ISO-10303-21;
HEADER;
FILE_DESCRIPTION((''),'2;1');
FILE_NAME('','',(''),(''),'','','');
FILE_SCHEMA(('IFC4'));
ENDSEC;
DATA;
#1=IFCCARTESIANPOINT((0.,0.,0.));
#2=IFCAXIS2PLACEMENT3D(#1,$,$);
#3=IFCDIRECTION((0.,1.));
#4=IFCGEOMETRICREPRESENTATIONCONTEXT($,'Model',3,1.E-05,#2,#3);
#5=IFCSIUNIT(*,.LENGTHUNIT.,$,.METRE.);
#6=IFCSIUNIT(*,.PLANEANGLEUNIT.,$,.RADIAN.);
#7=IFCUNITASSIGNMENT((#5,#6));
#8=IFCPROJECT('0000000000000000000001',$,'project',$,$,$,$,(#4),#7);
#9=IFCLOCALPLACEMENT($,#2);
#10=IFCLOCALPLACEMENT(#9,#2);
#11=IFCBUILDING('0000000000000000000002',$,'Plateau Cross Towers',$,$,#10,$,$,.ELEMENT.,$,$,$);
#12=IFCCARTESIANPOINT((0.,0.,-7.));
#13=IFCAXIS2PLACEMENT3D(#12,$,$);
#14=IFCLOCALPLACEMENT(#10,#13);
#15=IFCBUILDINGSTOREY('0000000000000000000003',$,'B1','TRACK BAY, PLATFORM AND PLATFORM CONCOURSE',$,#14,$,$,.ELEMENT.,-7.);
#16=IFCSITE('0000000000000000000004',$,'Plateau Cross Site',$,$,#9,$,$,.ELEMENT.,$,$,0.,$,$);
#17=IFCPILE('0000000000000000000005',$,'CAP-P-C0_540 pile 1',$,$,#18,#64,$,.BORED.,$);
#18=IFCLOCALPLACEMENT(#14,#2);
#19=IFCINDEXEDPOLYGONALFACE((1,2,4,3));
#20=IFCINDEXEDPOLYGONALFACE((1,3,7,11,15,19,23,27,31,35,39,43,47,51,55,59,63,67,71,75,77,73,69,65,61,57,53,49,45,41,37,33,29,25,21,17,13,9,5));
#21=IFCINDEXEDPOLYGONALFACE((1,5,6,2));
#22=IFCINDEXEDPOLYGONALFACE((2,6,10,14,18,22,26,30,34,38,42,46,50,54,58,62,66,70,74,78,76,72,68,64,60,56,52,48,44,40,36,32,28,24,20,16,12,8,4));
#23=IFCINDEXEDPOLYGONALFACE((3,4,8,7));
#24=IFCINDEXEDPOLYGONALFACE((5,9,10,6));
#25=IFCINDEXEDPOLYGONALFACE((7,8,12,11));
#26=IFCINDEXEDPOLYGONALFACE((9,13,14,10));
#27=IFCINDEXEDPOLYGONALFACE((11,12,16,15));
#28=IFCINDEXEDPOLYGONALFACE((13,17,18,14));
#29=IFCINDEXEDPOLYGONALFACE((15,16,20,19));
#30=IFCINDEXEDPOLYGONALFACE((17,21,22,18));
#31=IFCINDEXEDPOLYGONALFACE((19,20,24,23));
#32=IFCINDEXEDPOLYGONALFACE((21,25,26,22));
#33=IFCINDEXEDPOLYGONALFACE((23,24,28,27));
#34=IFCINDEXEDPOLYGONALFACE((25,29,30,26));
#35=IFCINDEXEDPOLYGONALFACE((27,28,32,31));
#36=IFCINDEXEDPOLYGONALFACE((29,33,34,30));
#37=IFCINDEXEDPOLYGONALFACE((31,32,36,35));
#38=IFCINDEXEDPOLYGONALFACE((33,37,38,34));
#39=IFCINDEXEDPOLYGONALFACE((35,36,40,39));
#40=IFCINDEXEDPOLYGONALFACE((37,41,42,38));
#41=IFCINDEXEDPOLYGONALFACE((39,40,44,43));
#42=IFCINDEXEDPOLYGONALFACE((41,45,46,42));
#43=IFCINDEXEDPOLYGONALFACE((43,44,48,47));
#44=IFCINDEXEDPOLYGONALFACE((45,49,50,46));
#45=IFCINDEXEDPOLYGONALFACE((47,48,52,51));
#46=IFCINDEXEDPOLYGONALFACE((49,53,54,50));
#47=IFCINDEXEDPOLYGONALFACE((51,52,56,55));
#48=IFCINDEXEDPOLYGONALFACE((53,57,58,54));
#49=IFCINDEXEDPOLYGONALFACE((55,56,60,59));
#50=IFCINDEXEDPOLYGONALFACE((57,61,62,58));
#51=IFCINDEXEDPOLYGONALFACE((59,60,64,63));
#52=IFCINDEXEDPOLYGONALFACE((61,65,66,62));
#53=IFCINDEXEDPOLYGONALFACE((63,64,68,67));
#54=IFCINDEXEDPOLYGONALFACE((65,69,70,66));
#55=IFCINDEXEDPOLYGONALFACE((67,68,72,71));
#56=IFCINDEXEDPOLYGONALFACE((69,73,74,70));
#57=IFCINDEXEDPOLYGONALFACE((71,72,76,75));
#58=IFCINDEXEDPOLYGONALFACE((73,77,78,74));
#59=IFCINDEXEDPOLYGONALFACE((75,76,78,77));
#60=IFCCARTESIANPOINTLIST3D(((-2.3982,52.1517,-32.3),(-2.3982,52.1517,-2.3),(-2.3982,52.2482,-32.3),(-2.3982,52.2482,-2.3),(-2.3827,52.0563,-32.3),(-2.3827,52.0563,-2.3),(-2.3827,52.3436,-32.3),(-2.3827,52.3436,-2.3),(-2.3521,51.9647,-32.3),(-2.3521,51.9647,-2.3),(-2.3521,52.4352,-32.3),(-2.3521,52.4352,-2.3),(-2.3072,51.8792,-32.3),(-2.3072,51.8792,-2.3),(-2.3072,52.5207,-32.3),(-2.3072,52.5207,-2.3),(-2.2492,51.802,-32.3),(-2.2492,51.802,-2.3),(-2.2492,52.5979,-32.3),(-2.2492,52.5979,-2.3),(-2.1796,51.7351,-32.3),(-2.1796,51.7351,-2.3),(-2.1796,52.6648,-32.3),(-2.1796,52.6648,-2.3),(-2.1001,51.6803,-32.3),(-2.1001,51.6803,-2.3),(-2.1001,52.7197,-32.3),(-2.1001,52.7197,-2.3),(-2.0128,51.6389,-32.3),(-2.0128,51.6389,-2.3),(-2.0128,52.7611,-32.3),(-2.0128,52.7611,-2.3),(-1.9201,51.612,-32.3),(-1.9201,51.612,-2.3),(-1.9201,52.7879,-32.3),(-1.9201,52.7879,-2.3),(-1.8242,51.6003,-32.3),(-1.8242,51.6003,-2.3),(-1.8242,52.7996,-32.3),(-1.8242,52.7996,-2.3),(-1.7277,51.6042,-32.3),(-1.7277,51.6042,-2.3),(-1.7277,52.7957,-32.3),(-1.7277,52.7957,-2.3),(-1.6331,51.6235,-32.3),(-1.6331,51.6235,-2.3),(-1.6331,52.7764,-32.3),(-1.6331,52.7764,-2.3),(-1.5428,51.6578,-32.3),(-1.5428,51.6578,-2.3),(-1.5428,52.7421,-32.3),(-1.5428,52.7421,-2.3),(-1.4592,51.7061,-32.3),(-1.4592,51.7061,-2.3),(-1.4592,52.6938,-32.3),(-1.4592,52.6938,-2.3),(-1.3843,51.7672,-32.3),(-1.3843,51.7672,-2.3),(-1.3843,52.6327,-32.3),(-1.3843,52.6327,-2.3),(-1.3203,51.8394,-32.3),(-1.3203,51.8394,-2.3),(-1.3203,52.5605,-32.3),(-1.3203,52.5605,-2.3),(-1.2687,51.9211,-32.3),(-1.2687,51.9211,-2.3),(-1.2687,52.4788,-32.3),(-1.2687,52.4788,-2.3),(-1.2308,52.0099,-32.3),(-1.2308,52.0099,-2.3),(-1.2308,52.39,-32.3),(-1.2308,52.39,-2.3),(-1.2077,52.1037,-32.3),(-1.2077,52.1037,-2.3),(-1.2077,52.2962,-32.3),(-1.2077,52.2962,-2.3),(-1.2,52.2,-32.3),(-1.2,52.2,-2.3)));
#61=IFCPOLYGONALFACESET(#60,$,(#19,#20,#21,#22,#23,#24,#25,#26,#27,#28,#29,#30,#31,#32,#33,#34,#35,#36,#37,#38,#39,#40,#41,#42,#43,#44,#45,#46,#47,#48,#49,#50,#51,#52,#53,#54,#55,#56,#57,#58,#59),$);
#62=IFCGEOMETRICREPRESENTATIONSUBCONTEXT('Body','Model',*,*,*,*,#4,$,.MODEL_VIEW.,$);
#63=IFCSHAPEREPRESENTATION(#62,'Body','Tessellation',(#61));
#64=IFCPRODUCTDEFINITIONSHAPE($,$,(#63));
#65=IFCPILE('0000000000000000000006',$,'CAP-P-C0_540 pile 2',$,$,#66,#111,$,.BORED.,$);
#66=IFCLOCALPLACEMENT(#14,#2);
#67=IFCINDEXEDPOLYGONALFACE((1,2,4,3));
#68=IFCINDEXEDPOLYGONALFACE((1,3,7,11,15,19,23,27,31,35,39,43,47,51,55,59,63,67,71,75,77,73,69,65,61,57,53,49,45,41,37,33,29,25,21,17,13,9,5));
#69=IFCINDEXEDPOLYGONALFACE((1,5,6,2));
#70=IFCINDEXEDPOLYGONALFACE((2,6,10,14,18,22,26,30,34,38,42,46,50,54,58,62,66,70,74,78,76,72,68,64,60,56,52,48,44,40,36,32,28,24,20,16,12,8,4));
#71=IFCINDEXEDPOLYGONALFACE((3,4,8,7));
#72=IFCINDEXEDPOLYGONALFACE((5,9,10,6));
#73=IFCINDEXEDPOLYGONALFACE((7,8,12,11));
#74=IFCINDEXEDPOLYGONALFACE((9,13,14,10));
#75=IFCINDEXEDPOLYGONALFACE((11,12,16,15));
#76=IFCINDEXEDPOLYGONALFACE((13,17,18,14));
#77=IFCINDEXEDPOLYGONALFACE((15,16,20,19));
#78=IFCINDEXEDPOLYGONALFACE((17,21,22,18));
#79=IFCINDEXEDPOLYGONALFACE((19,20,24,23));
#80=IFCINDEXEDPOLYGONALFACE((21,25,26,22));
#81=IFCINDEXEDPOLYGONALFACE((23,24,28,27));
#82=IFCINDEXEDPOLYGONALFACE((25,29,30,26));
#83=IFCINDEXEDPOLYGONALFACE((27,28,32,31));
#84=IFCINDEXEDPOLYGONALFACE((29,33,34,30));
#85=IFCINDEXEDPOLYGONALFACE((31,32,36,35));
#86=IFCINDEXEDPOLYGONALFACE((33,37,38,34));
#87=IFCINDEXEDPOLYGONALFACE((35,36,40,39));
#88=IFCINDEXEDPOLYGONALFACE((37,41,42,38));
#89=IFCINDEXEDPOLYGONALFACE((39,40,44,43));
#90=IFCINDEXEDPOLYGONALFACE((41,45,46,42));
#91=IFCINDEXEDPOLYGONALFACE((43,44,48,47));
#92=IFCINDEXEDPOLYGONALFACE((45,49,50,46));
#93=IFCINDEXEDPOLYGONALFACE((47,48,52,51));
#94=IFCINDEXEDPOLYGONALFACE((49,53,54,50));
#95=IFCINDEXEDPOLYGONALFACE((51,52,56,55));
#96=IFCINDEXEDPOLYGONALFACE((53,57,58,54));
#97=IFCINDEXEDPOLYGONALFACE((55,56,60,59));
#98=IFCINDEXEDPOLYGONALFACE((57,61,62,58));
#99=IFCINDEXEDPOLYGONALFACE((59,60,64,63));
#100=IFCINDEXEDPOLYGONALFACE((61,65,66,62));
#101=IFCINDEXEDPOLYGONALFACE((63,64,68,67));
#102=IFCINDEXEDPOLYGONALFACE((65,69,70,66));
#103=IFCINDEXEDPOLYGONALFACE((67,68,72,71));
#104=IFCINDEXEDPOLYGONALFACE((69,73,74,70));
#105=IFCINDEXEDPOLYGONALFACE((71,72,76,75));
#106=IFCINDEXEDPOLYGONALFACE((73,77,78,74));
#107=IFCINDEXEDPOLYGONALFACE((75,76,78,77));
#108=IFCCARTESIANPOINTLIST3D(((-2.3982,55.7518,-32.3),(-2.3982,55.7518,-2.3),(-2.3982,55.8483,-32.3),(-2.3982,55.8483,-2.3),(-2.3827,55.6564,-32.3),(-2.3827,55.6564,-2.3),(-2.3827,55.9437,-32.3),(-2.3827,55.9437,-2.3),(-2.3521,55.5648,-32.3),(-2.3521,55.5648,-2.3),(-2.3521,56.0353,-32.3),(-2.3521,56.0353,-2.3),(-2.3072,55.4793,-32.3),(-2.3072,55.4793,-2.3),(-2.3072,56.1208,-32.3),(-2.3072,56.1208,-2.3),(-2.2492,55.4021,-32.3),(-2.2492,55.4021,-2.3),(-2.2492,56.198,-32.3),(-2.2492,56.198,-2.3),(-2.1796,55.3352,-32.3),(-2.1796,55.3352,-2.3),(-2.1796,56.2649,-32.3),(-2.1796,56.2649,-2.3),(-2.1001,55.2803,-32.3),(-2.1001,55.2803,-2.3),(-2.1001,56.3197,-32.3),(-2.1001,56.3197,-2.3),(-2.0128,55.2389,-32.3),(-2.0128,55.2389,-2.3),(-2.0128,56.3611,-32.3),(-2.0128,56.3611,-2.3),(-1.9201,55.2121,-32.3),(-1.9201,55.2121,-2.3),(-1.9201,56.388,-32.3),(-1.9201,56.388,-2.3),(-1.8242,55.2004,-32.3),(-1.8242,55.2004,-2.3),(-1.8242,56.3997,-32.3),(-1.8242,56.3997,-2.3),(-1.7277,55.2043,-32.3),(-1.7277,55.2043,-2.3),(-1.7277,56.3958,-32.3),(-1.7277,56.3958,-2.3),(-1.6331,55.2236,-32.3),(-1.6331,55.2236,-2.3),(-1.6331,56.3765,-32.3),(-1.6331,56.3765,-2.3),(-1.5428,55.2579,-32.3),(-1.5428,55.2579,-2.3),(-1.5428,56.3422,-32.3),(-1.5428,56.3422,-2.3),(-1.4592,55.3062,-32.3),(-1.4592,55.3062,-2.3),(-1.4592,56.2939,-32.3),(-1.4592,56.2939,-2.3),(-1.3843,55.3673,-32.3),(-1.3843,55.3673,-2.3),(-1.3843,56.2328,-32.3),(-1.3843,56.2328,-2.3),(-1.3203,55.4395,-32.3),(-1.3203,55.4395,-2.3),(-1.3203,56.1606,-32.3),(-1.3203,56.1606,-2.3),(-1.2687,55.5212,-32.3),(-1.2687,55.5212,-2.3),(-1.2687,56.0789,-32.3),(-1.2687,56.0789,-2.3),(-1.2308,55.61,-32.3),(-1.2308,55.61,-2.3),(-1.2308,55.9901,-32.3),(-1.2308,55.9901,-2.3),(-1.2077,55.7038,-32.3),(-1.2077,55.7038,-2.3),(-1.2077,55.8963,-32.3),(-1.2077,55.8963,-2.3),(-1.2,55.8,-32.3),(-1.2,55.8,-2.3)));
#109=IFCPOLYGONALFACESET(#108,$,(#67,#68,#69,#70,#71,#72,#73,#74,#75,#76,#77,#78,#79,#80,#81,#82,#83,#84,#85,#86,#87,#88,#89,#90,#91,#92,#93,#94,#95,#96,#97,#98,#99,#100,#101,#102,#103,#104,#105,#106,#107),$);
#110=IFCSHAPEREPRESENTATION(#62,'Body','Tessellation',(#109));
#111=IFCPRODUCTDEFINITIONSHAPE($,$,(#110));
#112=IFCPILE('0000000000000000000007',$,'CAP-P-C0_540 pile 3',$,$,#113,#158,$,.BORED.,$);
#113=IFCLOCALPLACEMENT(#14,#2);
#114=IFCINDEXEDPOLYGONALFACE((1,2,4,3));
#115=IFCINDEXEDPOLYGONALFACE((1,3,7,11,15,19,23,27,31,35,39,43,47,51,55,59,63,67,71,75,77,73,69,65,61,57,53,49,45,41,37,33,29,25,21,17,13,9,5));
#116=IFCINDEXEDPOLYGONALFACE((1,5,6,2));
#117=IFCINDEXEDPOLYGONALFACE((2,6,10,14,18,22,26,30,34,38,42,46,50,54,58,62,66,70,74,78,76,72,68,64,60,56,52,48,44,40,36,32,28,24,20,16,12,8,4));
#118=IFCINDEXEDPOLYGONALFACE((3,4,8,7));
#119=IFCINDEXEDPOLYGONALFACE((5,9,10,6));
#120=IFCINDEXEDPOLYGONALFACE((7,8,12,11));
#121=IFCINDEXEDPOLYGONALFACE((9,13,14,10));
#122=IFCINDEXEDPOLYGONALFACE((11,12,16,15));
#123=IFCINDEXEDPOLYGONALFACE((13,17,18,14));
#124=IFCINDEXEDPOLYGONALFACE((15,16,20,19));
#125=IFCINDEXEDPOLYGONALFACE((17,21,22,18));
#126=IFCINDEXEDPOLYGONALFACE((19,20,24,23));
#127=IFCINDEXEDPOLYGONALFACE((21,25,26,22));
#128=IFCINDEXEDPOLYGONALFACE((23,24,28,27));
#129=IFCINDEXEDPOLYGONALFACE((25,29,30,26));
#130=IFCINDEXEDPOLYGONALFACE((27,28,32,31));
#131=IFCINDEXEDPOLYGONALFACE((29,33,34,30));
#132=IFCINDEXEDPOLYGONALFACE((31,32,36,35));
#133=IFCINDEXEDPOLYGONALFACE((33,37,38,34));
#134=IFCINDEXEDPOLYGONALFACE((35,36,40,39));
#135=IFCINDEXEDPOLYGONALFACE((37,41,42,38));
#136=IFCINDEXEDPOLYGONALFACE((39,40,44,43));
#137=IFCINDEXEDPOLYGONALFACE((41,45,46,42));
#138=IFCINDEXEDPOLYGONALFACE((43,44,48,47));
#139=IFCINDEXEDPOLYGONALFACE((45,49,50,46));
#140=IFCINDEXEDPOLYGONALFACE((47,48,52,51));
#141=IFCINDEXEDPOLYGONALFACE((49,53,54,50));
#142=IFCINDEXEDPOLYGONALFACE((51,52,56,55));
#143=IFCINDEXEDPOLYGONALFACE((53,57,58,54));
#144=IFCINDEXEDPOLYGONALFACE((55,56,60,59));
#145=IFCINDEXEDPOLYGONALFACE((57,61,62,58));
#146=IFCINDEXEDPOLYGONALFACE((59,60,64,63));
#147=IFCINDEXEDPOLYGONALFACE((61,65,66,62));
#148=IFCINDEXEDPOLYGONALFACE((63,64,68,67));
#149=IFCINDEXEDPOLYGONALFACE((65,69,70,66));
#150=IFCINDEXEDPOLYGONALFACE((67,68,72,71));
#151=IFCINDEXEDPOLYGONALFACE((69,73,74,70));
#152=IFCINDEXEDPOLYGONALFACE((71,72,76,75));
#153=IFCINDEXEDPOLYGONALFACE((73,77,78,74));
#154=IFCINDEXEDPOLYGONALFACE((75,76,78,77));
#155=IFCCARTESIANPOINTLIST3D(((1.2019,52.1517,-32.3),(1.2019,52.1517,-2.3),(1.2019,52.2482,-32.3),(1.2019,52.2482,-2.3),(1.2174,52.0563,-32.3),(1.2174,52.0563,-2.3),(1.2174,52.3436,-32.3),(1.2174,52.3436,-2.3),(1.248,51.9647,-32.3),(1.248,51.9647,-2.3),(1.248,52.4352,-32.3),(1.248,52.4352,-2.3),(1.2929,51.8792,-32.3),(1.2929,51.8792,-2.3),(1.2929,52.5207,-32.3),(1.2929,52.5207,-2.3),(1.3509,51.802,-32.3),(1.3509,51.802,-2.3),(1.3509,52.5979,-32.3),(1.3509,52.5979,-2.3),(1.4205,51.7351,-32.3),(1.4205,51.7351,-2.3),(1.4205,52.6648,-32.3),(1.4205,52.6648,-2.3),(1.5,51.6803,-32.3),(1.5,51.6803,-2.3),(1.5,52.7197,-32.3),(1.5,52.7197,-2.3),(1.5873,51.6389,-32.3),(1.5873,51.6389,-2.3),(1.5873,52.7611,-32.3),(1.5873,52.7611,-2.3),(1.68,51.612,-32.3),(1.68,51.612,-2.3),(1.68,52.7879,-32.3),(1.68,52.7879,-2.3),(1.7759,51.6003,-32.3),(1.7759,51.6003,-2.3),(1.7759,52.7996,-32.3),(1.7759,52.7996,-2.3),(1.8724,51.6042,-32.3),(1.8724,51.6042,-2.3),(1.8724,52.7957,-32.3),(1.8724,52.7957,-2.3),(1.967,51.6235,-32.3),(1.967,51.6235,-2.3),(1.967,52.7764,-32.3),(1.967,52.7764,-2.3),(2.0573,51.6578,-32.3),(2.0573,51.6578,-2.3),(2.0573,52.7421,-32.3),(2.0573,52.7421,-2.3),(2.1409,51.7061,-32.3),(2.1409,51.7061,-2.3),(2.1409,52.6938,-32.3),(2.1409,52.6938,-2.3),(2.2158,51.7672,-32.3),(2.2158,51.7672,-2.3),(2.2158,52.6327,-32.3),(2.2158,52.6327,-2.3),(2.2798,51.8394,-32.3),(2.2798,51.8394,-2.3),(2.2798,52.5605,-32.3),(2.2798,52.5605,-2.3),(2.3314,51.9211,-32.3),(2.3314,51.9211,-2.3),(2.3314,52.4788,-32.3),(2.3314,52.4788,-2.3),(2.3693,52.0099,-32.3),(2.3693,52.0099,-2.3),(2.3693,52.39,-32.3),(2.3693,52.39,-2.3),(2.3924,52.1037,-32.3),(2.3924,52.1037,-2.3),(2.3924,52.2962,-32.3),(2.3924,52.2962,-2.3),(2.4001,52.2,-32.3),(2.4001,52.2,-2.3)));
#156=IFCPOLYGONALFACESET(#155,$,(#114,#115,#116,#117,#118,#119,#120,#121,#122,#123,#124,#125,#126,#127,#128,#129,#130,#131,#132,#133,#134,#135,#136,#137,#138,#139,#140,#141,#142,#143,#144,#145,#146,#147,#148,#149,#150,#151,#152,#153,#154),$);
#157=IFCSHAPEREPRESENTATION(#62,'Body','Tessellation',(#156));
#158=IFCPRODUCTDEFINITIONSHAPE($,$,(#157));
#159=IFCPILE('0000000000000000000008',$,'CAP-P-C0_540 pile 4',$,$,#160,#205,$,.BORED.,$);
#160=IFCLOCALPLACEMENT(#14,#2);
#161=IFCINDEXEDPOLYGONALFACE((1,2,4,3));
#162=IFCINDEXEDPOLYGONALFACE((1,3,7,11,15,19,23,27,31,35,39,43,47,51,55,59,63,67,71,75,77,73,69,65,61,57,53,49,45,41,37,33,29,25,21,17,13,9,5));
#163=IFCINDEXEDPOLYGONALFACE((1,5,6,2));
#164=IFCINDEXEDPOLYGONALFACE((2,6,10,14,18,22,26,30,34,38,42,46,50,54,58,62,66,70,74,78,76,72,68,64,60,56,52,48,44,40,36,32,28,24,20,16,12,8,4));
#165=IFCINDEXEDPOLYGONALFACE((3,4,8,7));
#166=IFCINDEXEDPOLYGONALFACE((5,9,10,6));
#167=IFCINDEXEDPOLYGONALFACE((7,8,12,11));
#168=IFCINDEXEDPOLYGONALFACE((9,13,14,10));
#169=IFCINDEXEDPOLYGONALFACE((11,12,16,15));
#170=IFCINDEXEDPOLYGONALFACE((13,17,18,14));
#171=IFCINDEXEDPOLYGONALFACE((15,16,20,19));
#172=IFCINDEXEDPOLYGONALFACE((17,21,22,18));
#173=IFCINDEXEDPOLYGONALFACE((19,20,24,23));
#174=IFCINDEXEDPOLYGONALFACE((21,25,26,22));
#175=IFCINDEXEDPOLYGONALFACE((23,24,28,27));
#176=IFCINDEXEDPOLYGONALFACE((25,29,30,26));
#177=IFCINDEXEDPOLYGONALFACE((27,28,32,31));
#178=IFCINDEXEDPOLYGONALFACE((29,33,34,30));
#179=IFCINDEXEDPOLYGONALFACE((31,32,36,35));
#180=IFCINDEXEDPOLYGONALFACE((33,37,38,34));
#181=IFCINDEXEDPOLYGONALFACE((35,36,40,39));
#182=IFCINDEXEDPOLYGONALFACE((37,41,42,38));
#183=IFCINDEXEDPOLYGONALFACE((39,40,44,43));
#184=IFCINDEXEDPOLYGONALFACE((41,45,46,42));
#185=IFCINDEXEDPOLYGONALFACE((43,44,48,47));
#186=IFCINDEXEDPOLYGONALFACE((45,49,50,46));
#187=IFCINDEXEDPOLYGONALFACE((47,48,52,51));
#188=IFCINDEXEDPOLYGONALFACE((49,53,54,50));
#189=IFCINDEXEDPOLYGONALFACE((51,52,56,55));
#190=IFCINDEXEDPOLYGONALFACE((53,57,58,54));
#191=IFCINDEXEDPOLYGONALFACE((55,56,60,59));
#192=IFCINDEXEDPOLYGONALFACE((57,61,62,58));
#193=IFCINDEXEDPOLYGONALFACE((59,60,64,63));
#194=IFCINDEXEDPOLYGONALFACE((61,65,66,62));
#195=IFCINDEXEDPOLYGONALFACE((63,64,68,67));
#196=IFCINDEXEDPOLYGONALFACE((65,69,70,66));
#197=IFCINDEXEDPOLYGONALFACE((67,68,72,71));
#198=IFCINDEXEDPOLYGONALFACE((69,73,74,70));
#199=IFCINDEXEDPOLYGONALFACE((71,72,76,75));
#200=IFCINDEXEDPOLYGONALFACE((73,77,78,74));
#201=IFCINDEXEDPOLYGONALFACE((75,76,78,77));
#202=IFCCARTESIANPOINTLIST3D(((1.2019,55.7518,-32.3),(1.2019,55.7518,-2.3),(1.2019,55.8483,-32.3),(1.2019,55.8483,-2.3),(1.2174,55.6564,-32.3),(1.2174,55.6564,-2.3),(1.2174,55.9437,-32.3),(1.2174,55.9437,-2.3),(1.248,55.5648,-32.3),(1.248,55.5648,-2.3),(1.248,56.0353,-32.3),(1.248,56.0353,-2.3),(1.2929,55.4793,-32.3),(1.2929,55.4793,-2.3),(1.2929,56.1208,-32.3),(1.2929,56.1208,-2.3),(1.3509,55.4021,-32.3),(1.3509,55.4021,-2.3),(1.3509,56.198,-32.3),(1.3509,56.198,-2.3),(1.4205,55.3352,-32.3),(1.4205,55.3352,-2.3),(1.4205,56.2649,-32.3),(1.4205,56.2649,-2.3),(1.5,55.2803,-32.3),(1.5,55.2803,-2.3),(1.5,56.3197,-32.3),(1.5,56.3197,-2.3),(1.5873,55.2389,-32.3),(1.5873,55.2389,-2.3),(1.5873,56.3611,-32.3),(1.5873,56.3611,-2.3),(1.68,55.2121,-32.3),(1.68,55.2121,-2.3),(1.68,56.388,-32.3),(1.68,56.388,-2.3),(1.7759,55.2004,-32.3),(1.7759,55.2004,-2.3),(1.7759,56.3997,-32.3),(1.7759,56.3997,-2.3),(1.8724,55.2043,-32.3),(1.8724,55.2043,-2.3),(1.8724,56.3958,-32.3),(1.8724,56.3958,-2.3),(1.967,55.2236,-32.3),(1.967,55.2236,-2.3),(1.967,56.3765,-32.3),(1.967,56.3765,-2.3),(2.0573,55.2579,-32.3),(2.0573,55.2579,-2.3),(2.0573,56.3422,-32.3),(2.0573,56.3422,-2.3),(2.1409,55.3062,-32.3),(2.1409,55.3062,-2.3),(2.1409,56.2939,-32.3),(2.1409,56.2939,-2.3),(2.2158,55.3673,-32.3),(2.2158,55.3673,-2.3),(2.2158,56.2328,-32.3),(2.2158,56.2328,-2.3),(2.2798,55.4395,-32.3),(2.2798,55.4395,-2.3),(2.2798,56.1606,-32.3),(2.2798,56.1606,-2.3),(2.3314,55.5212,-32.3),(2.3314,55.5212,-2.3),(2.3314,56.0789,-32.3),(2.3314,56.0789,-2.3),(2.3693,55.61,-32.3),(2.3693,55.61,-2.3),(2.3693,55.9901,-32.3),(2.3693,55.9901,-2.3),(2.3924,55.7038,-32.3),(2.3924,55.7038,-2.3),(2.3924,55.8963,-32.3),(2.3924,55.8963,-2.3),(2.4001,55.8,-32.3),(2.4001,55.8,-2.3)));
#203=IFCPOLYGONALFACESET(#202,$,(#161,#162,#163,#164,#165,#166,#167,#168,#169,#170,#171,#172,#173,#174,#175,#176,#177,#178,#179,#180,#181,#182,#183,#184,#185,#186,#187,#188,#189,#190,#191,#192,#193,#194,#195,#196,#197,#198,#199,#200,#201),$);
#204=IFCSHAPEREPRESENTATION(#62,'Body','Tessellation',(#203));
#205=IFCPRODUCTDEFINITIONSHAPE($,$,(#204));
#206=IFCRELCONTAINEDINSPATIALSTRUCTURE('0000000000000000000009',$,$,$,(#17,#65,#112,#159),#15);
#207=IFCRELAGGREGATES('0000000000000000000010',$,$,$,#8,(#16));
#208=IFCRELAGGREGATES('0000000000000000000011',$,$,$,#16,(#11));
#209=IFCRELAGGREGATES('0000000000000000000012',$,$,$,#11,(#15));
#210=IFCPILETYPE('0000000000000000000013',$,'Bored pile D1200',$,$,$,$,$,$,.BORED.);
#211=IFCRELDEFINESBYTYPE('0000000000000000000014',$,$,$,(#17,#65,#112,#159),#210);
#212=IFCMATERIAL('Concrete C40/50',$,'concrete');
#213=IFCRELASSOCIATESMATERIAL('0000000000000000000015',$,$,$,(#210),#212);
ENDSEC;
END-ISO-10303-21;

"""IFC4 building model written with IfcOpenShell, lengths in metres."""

from ifc_helpers import new_model, si_unit, direction, frame, origin, origin_2d, place, context, subcontext, project, spatial, circle, extrude, material, material_profile, profile_set, type_object, element, save


model = new_model("IFC4")

# Units and contexts
model_context = context("Model", 3, precision=1e-05, world=origin(), true_north=direction((0.0, 1.0)))
body_context = subcontext(model_context, "Body", "Model", "MODEL_VIEW")
ifc_project = project(units=[si_unit("LENGTHUNIT", "METRE"), si_unit("PLANEANGLEUNIT", "RADIAN")], contexts=[model_context])

# Site, building, storey
site_placement = place(None, origin())
site = spatial("IfcSite", under=ifc_project, at=site_placement, Name="Plateau Cross Site", CompositionType="ELEMENT", RefElevation=0.0)
building_placement = place(site_placement, origin())
building = spatial("IfcBuilding", under=site, at=building_placement, Name="Plateau Cross Towers", CompositionType="ELEMENT")
storey_placement = place(building_placement, frame((0.0, 0.0, -7.0)))
storey = spatial("IfcBuildingStorey", under=building, at=storey_placement, Name="B1", Description="TRACK BAY, PLATFORM AND PLATFORM CONCOURSE", CompositionType="ELEMENT", Elevation=-7.0)

# Piles
ifc_material_1 = material(Name="Concrete C40/50", Category="concrete")
ifc_material_profile_1 = material_profile(ifc_material_1, circle(Radius=0.6001, at=origin_2d()), Name="Bored pile D1200")
ifc_profile_set_1 = profile_set([ifc_material_profile_1], Name="Concrete C40/50")
pile_type = type_object("IfcPileType", Name="Bored pile D1200", PredefinedType="BORED", material=ifc_profile_set_1)
for number, where, z_axis, x_axis, name in (
    (1, (-1.8, 52.2, -2.3), (0.0, 0.0, -1.0), (1.0, 0.0, 0.0), "CAP-P-C0_540 pile 1"),
    (2, (-1.8, 55.8, -2.3), (0.0, 0.0, -1.0), (1.0, 0.0, 0.0), "CAP-P-C0_540 pile 2"),
    (3, (1.8, 52.2, -2.3), (0.0, 0.0, -1.0), (1.0, 0.0, 0.0), "CAP-P-C0_540 pile 3"),
    (4, (1.8, 55.8, -2.3), (0.0, 0.0, -1.0), (1.0, 0.0, 0.0), "CAP-P-C0_540 pile 4"),
):
    element("IfcPile", number, at=place(storey_placement, frame(where, z_axis=z_axis, x_axis=x_axis)), inside=storey, type_object=pile_type, Name=name, PredefinedType="BORED", context=body_context, shape_type="SweptSolid", body=[
        extrude(circle(Radius=0.6001, at=origin_2d()), origin(), (0.0, 0.0, 1.0), 30.0),
    ])

save(model, "model.ifc")
